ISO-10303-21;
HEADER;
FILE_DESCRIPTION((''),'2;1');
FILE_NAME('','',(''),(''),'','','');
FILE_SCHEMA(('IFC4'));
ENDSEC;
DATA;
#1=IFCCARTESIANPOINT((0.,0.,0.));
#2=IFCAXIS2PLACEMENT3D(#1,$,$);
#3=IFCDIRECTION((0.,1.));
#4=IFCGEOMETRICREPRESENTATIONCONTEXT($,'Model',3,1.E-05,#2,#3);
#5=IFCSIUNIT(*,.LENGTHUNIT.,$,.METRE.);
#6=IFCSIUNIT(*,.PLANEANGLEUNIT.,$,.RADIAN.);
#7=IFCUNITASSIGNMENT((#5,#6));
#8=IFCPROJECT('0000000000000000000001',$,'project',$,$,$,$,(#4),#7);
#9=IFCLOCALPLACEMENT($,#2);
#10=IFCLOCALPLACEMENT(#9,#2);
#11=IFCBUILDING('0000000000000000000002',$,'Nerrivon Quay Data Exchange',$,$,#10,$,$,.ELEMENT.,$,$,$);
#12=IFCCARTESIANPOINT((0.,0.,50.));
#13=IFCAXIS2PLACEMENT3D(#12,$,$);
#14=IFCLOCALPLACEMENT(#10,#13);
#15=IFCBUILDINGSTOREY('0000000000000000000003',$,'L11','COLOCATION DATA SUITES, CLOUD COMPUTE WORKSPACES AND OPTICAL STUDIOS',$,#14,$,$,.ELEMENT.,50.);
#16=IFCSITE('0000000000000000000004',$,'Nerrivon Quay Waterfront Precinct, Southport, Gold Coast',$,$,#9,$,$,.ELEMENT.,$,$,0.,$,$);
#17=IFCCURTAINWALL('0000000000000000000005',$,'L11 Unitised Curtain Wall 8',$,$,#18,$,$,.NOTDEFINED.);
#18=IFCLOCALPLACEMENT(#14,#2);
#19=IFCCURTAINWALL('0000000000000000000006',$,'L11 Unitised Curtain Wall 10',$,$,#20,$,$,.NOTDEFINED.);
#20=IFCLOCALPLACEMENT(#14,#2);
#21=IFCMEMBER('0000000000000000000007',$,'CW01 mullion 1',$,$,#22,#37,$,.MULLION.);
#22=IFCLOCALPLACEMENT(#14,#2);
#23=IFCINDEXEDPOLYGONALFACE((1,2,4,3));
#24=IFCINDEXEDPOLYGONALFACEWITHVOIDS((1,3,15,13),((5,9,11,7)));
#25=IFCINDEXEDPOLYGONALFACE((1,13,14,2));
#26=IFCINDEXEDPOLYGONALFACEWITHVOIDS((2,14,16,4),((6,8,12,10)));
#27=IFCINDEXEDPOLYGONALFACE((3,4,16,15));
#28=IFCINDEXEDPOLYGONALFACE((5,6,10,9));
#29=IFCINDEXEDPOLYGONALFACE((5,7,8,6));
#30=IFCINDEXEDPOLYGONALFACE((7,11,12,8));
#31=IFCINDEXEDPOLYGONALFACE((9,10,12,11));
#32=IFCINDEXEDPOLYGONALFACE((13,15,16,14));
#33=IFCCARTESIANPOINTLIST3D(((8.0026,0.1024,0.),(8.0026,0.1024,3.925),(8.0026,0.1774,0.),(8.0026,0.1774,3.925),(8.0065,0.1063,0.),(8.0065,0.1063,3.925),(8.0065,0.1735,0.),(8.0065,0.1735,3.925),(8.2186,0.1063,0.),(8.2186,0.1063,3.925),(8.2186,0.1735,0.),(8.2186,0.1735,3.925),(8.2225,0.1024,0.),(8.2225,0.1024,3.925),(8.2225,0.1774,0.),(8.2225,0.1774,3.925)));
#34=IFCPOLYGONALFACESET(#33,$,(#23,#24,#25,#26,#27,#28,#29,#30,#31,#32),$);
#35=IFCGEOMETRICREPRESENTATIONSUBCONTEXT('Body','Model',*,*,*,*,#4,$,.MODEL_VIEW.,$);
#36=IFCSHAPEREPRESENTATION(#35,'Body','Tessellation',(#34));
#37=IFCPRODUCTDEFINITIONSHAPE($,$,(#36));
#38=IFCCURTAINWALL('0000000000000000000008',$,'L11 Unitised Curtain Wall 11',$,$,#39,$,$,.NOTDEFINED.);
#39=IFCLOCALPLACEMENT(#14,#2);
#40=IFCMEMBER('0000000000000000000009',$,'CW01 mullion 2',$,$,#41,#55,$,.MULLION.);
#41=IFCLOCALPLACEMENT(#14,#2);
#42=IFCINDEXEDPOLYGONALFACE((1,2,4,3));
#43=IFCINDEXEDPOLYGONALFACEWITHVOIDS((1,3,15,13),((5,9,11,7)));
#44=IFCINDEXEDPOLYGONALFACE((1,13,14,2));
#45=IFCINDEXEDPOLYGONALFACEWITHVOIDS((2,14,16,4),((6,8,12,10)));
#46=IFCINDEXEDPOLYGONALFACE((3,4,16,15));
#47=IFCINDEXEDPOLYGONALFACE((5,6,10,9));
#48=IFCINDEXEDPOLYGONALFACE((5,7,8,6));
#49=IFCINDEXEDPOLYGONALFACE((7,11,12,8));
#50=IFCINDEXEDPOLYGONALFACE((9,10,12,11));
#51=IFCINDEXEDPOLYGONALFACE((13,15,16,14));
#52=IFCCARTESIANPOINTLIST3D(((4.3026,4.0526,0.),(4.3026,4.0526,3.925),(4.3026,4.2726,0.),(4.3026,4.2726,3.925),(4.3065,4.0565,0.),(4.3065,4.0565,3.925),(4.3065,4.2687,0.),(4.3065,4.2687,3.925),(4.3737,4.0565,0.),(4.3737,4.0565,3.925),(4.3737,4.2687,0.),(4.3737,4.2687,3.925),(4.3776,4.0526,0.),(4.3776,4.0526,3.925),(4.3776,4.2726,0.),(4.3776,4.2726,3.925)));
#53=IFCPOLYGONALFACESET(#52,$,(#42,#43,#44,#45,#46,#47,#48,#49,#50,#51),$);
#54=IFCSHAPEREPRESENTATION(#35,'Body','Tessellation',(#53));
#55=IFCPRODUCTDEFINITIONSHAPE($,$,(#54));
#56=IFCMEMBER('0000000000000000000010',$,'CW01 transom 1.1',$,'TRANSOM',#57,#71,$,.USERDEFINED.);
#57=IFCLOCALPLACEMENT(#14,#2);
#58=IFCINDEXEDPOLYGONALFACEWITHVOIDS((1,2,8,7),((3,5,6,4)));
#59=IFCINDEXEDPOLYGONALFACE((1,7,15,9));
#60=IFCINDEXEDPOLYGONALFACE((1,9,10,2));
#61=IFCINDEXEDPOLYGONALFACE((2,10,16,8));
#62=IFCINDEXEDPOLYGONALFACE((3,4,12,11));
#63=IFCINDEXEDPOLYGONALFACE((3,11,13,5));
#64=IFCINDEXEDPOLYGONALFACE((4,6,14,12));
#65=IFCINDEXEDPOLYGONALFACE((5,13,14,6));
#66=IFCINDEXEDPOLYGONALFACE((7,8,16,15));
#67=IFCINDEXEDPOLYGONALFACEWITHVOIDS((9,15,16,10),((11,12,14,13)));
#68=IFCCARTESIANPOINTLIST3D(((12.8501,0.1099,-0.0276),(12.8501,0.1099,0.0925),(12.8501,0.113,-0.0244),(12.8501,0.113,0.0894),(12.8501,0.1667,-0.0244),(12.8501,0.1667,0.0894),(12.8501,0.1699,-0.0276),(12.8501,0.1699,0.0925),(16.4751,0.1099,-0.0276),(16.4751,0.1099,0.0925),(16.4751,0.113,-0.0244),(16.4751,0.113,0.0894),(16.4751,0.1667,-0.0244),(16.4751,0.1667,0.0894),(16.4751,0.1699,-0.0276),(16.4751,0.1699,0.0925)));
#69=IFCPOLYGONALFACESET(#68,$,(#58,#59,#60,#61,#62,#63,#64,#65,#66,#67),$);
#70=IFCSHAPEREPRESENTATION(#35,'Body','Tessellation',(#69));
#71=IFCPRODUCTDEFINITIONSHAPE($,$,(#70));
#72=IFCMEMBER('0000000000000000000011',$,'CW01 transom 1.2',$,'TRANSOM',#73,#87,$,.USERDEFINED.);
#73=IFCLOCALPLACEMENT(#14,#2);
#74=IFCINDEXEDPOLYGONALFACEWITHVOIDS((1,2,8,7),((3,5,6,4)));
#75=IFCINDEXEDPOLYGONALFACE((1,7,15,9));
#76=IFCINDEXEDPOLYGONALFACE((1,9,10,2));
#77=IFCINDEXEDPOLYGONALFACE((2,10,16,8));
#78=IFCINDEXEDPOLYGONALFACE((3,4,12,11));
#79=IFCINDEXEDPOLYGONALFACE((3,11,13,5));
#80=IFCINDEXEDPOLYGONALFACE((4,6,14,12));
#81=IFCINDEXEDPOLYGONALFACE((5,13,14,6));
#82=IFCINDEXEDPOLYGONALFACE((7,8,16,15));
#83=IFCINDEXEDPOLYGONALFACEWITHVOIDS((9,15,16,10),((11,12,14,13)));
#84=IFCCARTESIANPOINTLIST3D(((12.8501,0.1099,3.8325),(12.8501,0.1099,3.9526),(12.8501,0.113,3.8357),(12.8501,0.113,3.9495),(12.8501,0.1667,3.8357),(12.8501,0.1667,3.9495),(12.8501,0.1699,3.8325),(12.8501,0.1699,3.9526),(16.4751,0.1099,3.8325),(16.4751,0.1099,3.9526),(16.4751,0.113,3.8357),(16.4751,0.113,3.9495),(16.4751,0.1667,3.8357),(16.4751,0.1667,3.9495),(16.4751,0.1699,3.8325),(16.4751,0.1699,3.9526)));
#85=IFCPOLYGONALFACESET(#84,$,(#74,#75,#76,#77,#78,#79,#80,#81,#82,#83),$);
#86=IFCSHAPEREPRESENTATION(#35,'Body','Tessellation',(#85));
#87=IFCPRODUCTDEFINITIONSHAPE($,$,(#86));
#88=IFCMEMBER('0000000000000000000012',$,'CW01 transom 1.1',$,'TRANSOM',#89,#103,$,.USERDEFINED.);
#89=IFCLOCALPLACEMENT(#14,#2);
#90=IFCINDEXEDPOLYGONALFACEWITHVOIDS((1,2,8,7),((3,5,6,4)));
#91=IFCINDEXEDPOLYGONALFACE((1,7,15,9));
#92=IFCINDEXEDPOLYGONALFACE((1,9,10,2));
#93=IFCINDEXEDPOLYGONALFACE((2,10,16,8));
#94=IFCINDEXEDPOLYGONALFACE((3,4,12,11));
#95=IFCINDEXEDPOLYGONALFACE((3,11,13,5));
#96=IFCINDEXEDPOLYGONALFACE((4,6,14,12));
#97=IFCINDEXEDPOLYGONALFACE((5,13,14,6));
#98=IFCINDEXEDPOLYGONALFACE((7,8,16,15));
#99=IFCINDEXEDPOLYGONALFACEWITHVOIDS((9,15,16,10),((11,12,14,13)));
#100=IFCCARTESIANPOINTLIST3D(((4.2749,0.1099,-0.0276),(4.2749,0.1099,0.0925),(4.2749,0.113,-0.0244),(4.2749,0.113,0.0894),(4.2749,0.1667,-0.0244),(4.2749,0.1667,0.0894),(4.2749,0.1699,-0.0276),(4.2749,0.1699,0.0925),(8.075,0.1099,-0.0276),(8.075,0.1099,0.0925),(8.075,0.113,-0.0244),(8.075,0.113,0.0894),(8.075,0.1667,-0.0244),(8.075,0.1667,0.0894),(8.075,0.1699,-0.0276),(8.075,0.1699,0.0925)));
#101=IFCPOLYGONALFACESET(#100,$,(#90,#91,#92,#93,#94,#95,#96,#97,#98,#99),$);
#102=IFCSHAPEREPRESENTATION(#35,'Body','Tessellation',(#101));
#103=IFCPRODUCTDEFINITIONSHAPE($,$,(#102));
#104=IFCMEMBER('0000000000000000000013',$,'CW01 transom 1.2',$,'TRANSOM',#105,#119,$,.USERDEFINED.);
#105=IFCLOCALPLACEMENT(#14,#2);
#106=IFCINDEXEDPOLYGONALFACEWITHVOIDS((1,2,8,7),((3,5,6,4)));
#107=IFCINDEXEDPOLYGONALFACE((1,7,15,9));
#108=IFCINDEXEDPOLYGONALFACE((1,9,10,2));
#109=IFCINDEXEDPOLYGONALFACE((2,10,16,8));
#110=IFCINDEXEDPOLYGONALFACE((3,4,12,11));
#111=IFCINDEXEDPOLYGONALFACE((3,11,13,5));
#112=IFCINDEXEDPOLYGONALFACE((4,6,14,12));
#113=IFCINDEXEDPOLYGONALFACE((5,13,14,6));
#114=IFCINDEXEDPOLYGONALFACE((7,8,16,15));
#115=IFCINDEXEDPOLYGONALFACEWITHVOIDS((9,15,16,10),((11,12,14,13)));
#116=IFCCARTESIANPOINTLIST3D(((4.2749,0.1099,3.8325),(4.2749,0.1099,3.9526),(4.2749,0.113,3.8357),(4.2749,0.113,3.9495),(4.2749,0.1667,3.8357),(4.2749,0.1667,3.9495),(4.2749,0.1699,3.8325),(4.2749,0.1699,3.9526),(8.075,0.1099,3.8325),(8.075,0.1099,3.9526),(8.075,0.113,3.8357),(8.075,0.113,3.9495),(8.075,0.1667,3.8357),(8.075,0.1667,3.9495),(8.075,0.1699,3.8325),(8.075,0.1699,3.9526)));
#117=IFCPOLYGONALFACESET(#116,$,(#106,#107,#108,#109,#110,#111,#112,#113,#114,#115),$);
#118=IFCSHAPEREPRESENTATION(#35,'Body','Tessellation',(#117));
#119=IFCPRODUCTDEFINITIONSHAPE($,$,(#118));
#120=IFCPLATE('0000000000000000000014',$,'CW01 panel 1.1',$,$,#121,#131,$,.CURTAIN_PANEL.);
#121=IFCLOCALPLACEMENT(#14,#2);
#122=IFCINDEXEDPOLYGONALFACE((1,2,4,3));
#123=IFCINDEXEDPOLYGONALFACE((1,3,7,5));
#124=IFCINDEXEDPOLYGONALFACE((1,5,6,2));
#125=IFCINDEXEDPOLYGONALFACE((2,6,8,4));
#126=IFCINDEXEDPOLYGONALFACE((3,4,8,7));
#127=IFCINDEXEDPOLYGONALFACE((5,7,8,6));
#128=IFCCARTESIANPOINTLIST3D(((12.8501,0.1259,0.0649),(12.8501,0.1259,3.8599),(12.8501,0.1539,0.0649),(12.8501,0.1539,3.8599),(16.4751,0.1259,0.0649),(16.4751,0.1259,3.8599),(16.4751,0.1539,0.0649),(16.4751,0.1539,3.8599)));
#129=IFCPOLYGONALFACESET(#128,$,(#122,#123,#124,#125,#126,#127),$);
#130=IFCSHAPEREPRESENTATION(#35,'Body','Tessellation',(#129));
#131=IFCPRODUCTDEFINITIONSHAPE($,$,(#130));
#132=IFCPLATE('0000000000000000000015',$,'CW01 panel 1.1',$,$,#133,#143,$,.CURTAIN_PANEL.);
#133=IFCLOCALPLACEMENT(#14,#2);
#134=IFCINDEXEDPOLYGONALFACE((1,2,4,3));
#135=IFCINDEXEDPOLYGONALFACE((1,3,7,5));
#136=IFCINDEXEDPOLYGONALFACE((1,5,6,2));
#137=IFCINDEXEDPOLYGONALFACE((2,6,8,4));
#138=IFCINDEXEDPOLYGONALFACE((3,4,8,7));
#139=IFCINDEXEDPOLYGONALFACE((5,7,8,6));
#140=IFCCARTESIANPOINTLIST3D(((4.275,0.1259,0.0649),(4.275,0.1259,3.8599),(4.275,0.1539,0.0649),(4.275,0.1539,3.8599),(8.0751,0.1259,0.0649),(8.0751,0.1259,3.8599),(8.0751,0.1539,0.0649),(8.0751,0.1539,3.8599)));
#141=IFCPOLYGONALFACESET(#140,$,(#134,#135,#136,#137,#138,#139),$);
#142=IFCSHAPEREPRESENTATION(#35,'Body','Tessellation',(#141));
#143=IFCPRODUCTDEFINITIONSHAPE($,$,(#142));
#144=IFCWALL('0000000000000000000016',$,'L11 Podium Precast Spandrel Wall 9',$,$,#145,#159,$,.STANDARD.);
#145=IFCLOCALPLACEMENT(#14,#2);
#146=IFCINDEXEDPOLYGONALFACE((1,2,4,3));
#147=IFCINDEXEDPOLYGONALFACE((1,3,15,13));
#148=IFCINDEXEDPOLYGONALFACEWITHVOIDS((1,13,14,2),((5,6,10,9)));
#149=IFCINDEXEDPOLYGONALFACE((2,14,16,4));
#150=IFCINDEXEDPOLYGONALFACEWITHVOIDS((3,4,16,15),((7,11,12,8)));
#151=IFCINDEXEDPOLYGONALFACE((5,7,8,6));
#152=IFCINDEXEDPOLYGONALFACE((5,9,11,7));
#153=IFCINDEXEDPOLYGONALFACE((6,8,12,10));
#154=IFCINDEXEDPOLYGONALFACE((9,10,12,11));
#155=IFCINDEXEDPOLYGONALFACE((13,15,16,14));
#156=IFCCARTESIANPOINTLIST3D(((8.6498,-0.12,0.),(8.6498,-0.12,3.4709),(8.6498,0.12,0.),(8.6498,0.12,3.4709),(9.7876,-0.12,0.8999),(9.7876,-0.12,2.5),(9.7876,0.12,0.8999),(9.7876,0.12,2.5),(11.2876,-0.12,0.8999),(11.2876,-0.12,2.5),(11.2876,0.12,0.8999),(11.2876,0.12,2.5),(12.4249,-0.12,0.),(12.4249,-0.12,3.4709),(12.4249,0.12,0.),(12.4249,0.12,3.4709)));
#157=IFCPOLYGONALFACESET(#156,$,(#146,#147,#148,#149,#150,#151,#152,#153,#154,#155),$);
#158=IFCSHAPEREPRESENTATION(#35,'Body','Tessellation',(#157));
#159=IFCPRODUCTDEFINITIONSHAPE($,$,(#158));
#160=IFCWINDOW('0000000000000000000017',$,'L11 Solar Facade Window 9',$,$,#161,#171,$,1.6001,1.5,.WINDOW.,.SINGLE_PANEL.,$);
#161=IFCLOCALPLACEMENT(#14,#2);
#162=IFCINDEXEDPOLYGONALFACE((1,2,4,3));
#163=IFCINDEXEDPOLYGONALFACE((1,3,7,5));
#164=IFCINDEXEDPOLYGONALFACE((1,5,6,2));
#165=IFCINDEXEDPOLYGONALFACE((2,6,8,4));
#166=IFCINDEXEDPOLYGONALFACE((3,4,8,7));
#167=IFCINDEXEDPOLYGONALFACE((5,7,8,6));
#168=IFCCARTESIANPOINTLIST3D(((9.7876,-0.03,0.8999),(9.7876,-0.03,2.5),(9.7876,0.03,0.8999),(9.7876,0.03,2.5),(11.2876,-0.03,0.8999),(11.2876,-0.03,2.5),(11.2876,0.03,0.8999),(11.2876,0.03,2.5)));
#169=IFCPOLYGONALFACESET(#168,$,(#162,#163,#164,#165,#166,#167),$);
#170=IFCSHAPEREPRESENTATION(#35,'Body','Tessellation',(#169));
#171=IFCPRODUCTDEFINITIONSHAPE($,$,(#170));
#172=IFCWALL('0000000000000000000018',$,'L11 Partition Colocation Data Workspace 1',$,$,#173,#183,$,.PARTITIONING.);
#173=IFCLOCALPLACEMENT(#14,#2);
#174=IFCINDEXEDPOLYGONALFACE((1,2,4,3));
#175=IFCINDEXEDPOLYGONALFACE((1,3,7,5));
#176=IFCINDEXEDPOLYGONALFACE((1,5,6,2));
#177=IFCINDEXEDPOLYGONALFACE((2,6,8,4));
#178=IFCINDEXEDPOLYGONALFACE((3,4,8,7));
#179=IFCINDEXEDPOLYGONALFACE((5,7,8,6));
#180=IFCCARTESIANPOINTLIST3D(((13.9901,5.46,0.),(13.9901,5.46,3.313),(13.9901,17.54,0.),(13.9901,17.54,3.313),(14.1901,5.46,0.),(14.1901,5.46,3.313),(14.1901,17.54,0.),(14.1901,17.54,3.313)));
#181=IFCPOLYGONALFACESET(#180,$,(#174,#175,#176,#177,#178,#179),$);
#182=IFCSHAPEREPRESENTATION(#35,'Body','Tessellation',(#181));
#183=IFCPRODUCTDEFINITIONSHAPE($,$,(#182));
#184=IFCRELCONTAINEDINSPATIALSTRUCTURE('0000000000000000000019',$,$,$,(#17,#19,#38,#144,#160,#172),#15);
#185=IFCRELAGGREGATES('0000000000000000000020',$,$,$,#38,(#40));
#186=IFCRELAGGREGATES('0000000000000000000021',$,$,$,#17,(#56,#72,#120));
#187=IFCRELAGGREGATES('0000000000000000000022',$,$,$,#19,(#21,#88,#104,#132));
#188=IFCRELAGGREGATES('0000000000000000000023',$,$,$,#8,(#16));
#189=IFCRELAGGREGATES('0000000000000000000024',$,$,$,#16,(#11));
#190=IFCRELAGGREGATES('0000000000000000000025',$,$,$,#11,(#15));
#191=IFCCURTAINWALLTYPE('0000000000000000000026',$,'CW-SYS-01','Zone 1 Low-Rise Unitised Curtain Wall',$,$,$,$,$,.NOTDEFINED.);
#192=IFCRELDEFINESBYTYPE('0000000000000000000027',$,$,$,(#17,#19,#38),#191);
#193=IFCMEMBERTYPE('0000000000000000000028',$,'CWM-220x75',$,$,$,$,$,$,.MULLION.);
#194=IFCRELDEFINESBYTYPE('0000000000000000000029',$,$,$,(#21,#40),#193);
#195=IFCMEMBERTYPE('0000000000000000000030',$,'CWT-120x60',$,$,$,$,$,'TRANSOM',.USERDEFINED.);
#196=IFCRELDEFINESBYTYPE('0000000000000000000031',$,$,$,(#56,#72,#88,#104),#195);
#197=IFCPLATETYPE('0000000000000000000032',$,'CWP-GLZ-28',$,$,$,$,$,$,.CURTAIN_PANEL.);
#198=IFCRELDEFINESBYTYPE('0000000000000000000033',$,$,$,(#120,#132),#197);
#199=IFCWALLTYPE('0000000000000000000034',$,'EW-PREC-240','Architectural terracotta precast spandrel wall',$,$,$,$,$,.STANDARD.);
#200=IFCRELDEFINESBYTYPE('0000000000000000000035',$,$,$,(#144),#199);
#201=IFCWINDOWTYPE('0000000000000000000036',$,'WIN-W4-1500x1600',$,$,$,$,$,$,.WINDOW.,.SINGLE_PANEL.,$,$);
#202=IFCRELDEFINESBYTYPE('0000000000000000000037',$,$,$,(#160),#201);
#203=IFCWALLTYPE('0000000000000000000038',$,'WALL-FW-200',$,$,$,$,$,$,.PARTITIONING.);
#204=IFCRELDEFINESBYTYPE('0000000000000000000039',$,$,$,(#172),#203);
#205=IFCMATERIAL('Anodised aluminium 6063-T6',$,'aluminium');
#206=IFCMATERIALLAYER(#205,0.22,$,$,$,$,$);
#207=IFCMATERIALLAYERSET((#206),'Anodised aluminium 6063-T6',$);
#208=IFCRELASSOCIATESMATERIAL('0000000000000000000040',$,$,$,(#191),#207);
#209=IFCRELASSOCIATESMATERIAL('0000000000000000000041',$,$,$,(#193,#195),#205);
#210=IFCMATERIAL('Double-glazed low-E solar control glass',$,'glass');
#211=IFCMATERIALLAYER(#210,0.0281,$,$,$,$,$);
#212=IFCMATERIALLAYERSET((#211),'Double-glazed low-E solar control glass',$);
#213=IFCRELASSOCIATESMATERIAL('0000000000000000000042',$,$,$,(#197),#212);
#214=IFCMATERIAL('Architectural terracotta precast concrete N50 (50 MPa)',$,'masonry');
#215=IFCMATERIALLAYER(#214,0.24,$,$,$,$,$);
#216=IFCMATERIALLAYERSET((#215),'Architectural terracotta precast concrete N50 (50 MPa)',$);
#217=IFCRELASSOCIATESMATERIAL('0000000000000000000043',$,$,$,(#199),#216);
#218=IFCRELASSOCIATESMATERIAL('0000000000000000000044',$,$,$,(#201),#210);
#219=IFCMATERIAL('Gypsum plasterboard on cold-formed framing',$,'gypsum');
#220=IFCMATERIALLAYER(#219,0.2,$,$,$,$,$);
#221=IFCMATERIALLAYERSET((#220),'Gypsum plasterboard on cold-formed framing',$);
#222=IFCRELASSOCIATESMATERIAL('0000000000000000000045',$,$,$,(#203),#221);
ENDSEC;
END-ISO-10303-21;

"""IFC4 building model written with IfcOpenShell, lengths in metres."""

from ifc_helpers import new_model, si_unit, direction, frame, frame_2d, origin, origin_2d, place, context, subcontext, project, spatial, rectangle, hollow_rectangle, extrude, material, layer, layer_set, material_profile, profile_set, type_object, element, fill, aggregate, save


model = new_model("IFC4")

# Units and contexts
model_context = context("Model", 3, precision=1e-05, world=origin(), true_north=direction((0.0, 1.0)))
body_context = subcontext(model_context, "Body", "Model", "MODEL_VIEW")
ifc_project = project(units=[si_unit("LENGTHUNIT", "METRE"), si_unit("PLANEANGLEUNIT", "RADIAN")], contexts=[model_context])

# Site, building, storey
site_placement = place(None, origin())
site = spatial("IfcSite", under=ifc_project, at=site_placement, Name="Nerrivon Quay Waterfront Precinct, Southport, Gold Coast", CompositionType="ELEMENT", RefElevation=0.0)
building_placement = place(site_placement, origin())
building = spatial("IfcBuilding", under=site, at=building_placement, Name="Nerrivon Quay Data Exchange", CompositionType="ELEMENT")
storey_placement = place(building_placement, frame((0.0, 0.0, 50.0)))
storey = spatial("IfcBuildingStorey", under=building, at=storey_placement, Name="L11", Description="COLOCATION DATA SUITES, CLOUD COMPUTE WORKSPACES AND OPTICAL STUDIOS", CompositionType="ELEMENT", Elevation=50.0)

# Curtain wall
ifc_material_1 = material(Name="Anodised aluminium 6063-T6", Category="aluminium")
ifc_layer_1 = layer(ifc_material_1, 0.22)
ifc_layer_set_1 = layer_set([ifc_layer_1], Name="Anodised aluminium 6063-T6")
curtain_wall_type = type_object("IfcCurtainWallType", Name="CW-SYS-01", Description="Zone 1 Low-Rise Unitised Curtain Wall", PredefinedType="NOTDEFINED", material=ifc_layer_set_1)
curtain_wall_1_placement = place(storey_placement, origin())
curtain_wall_1 = element("IfcCurtainWall", 1, at=curtain_wall_1_placement, inside=storey, type_object=curtain_wall_type, Name="L11 Unitised Curtain Wall 8", PredefinedType="NOTDEFINED")
ifc_material_profile_1 = material_profile(ifc_material_1, hollow_rectangle(XDim=0.075, YDim=0.22, WallThickness=0.0039, at=origin_2d()), Name="ALU-MULL-220x75")
ifc_profile_set_1 = profile_set([ifc_material_profile_1], Name="Anodised aluminium 6063-T6")
member_type_1 = type_object("IfcMemberType", Name="CWM-220x75", PredefinedType="MULLION", material=ifc_profile_set_1)

# Curtain walls, members
curtain_wall_2_placement = place(storey_placement, origin())
curtain_wall_2 = element("IfcCurtainWall", 2, at=curtain_wall_2_placement, inside=storey, type_object=curtain_wall_type, Name="L11 Unitised Curtain Wall 10", PredefinedType="NOTDEFINED")
member_1_placement = place(storey_placement, frame((8.1125, 0.1399, 0.0), z_axis=(0.0, 0.0, 1.0), x_axis=(0.0, -1.0, 0.0)))
member_1 = element("IfcMember", 3, at=member_1_placement, type_object=member_type_1, Name="CW01 mullion 1", PredefinedType="MULLION", context=body_context, shape_type="SweptSolid", body=[
    extrude(hollow_rectangle(XDim=0.075, YDim=0.22, WallThickness=0.0039, at=origin_2d()), origin(), (0.0, 0.0, 1.0), 3.925),
])
curtain_wall_3_placement = place(storey_placement, origin())
curtain_wall_3 = element("IfcCurtainWall", 4, at=curtain_wall_3_placement, inside=storey, type_object=curtain_wall_type, Name="L11 Unitised Curtain Wall 11", PredefinedType="NOTDEFINED")
member_2_placement = place(storey_placement, frame((4.3401, 4.1626, 0.0), z_axis=(0.0, 0.0, 1.0), x_axis=(-1.0, 0.0, 0.0)))
member_2 = element("IfcMember", 5, at=member_2_placement, type_object=member_type_1, Name="CW01 mullion 2", PredefinedType="MULLION", context=body_context, shape_type="SweptSolid", body=[
    extrude(hollow_rectangle(XDim=0.075, YDim=0.22, WallThickness=0.0039, at=origin_2d()), origin(), (0.0, 0.0, 1.0), 3.925),
])
aggregate(curtain_wall_3, [member_2])

# Members
ifc_material_profile_2 = material_profile(ifc_material_1, hollow_rectangle(XDim=0.0601, YDim=0.1201, WallThickness=0.0032, at=origin_2d()), Name="ALU-TRAN-120x60")
ifc_profile_set_2 = profile_set([ifc_material_profile_2], Name="Anodised aluminium 6063-T6")
member_type_2 = type_object("IfcMemberType", Name="CWT-120x60", ElementType="TRANSOM", PredefinedType="USERDEFINED", material=ifc_profile_set_2)
member_3_placement = place(storey_placement, frame((16.4751, 0.1399, 0.0325), z_axis=(-1.0, 0.0, 0.0), x_axis=(0.0, -1.0, 0.0)))
member_3 = element("IfcMember", 6, at=member_3_placement, type_object=member_type_2, Name="CW01 transom 1.1", ObjectType="TRANSOM", PredefinedType="USERDEFINED", context=body_context, shape_type="SweptSolid", body=[
    extrude(hollow_rectangle(XDim=0.0601, YDim=0.1201, WallThickness=0.0032, at=origin_2d()), origin(), (0.0, 0.0, 1.0), 3.625),
])
member_4_placement = place(storey_placement, frame((16.4751, 0.1399, 3.8926), z_axis=(-1.0, 0.0, 0.0), x_axis=(0.0, -1.0, 0.0)))
member_4 = element("IfcMember", 7, at=member_4_placement, type_object=member_type_2, Name="CW01 transom 1.2", ObjectType="TRANSOM", PredefinedType="USERDEFINED", context=body_context, shape_type="SweptSolid", body=[
    extrude(hollow_rectangle(XDim=0.0601, YDim=0.1201, WallThickness=0.0032, at=origin_2d()), origin(), (0.0, 0.0, 1.0), 3.625),
])
member_5_placement = place(storey_placement, frame((8.075, 0.1399, 0.0325), z_axis=(-1.0, 0.0, 0.0), x_axis=(0.0, -1.0, 0.0)))
member_5 = element("IfcMember", 8, at=member_5_placement, type_object=member_type_2, Name="CW01 transom 1.1", ObjectType="TRANSOM", PredefinedType="USERDEFINED", context=body_context, shape_type="SweptSolid", body=[
    extrude(hollow_rectangle(XDim=0.0601, YDim=0.1201, WallThickness=0.0032, at=origin_2d()), origin(), (0.0, 0.0, 1.0), 3.8),
])
member_6_placement = place(storey_placement, frame((8.075, 0.1399, 3.8926), z_axis=(-1.0, 0.0, 0.0), x_axis=(0.0, -1.0, 0.0)))
member_6 = element("IfcMember", 9, at=member_6_placement, type_object=member_type_2, Name="CW01 transom 1.2", ObjectType="TRANSOM", PredefinedType="USERDEFINED", context=body_context, shape_type="SweptSolid", body=[
    extrude(hollow_rectangle(XDim=0.0601, YDim=0.1201, WallThickness=0.0032, at=origin_2d()), origin(), (0.0, 0.0, 1.0), 3.8),
])

# Plates
ifc_material_2 = material(Name="Double-glazed low-E solar control glass", Category="glass")
ifc_layer_2 = layer(ifc_material_2, 0.0281)
ifc_layer_set_2 = layer_set([ifc_layer_2], Name="Double-glazed low-E solar control glass")
plate_type = type_object("IfcPlateType", Name="CWP-GLZ-28", PredefinedType="CURTAIN_PANEL", material=ifc_layer_set_2)
plate_1_placement = place(storey_placement, frame((14.6626, 0.1399, 0.0649), z_axis=(0.0, 0.0, 1.0), x_axis=(-1.0, 0.0, 0.0)))
plate_1 = element("IfcPlate", 10, at=plate_1_placement, type_object=plate_type, Name="CW01 panel 1.1", PredefinedType="CURTAIN_PANEL", context=body_context, shape_type="SweptSolid", body=[
    extrude(rectangle(XDim=3.625, YDim=0.0281, at=origin_2d()), origin(), (0.0, 0.0, 1.0), 3.7949),
])
aggregate(curtain_wall_1, [member_3, member_4, plate_1])
plate_2_placement = place(storey_placement, frame((6.175, 0.1399, 0.0649), z_axis=(0.0, 0.0, 1.0), x_axis=(-1.0, 0.0, 0.0)))
plate_2 = element("IfcPlate", 11, at=plate_2_placement, type_object=plate_type, Name="CW01 panel 1.1", PredefinedType="CURTAIN_PANEL", context=body_context, shape_type="SweptSolid", body=[
    extrude(rectangle(XDim=3.8, YDim=0.0281, at=origin_2d()), origin(), (0.0, 0.0, 1.0), 3.7949),
])
aggregate(curtain_wall_2, [member_1, member_5, member_6, plate_2])

# Wall, opening, window
ifc_material_3 = material(Name="Architectural terracotta precast concrete N50 (50 MPa)", Category="masonry")
ifc_layer_3 = layer(ifc_material_3, 0.24)
ifc_layer_set_3 = layer_set([ifc_layer_3], Name="Architectural terracotta precast concrete N50 (50 MPa)")
wall_type_1 = type_object("IfcWallType", Name="EW-PREC-240", Description="Architectural terracotta precast spandrel wall", PredefinedType="STANDARD", material=ifc_layer_set_3)
wall_1_placement = place(storey_placement, frame((12.425, 0.0, 0.0), z_axis=(0.0, 0.0, 1.0), x_axis=(-1.0, 0.0, 0.0)))
wall_1 = element("IfcWall", 12, at=wall_1_placement, inside=storey, type_object=wall_type_1, Name="L11 Podium Precast Spandrel Wall 9", PredefinedType="STANDARD", context=body_context, shape_type="SweptSolid", body=[
    extrude(rectangle(XDim=3.7751, YDim=0.24, at=frame_2d((1.8877, 0.0))), origin(), (0.0, 0.0, 1.0), 3.4709),
])
opening_1_placement = place(wall_1_placement, frame((1.1375, 0.0, 0.8999)))
opening_1 = element("IfcOpeningElement", 13, at=opening_1_placement, cuts=wall_1, PredefinedType="OPENING", context=body_context, shape_type="SweptSolid", body=[
    extrude(rectangle(XDim=1.5, YDim=1.6001, at=frame_2d((0.75, 0.8))), frame((0.0, 0.1299, 0.0), z_axis=(0.0, -1.0, 0.0), x_axis=(1.0, 0.0, 0.0)), (0.0, 0.0, 1.0), 0.26),
])
window_type = type_object("IfcWindowType", Name="WIN-W4-1500x1600", PartitioningType="SINGLE_PANEL", PredefinedType="WINDOW", material=ifc_material_2)
window_placement = place(opening_1_placement, origin())
window = element("IfcWindow", 14, at=window_placement, inside=storey, type_object=window_type, Name="L11 Solar Facade Window 9", OverallHeight=1.6001, OverallWidth=1.5, PartitioningType="SINGLE_PANEL", PredefinedType="WINDOW", context=body_context, shape_type="SweptSolid", body=[
    extrude(rectangle(XDim=1.5, YDim=1.6001, at=frame_2d((0.75, 0.8))), frame((0.0, 0.03, 0.0), z_axis=(0.0, -1.0, 0.0), x_axis=(1.0, 0.0, 0.0)), (0.0, 0.0, 1.0), 0.0601),
])
fill(opening_1, window)

# Wall
ifc_material_4 = material(Name="Gypsum plasterboard on cold-formed framing", Category="gypsum")
ifc_layer_4 = layer(ifc_material_4, 0.2)
ifc_layer_set_4 = layer_set([ifc_layer_4], Name="Gypsum plasterboard on cold-formed framing")
wall_type_2 = type_object("IfcWallType", Name="WALL-FW-200", PredefinedType="PARTITIONING", material=ifc_layer_set_4)
wall_2_placement = place(storey_placement, frame((14.0901, 5.46, 0.0), z_axis=(0.0, 0.0, 1.0), x_axis=(0.0, 1.0, 0.0)))
element("IfcWall", 15, at=wall_2_placement, inside=storey, type_object=wall_type_2, Name="L11 Partition Colocation Data Workspace 1", PredefinedType="PARTITIONING", context=body_context, shape_type="SweptSolid", body=[
    extrude(rectangle(XDim=12.0801, YDim=0.2, at=frame_2d((6.04, 0.0))), origin(), (0.0, 0.0, 1.0), 3.313),
])

save(model, "model.ifc")
